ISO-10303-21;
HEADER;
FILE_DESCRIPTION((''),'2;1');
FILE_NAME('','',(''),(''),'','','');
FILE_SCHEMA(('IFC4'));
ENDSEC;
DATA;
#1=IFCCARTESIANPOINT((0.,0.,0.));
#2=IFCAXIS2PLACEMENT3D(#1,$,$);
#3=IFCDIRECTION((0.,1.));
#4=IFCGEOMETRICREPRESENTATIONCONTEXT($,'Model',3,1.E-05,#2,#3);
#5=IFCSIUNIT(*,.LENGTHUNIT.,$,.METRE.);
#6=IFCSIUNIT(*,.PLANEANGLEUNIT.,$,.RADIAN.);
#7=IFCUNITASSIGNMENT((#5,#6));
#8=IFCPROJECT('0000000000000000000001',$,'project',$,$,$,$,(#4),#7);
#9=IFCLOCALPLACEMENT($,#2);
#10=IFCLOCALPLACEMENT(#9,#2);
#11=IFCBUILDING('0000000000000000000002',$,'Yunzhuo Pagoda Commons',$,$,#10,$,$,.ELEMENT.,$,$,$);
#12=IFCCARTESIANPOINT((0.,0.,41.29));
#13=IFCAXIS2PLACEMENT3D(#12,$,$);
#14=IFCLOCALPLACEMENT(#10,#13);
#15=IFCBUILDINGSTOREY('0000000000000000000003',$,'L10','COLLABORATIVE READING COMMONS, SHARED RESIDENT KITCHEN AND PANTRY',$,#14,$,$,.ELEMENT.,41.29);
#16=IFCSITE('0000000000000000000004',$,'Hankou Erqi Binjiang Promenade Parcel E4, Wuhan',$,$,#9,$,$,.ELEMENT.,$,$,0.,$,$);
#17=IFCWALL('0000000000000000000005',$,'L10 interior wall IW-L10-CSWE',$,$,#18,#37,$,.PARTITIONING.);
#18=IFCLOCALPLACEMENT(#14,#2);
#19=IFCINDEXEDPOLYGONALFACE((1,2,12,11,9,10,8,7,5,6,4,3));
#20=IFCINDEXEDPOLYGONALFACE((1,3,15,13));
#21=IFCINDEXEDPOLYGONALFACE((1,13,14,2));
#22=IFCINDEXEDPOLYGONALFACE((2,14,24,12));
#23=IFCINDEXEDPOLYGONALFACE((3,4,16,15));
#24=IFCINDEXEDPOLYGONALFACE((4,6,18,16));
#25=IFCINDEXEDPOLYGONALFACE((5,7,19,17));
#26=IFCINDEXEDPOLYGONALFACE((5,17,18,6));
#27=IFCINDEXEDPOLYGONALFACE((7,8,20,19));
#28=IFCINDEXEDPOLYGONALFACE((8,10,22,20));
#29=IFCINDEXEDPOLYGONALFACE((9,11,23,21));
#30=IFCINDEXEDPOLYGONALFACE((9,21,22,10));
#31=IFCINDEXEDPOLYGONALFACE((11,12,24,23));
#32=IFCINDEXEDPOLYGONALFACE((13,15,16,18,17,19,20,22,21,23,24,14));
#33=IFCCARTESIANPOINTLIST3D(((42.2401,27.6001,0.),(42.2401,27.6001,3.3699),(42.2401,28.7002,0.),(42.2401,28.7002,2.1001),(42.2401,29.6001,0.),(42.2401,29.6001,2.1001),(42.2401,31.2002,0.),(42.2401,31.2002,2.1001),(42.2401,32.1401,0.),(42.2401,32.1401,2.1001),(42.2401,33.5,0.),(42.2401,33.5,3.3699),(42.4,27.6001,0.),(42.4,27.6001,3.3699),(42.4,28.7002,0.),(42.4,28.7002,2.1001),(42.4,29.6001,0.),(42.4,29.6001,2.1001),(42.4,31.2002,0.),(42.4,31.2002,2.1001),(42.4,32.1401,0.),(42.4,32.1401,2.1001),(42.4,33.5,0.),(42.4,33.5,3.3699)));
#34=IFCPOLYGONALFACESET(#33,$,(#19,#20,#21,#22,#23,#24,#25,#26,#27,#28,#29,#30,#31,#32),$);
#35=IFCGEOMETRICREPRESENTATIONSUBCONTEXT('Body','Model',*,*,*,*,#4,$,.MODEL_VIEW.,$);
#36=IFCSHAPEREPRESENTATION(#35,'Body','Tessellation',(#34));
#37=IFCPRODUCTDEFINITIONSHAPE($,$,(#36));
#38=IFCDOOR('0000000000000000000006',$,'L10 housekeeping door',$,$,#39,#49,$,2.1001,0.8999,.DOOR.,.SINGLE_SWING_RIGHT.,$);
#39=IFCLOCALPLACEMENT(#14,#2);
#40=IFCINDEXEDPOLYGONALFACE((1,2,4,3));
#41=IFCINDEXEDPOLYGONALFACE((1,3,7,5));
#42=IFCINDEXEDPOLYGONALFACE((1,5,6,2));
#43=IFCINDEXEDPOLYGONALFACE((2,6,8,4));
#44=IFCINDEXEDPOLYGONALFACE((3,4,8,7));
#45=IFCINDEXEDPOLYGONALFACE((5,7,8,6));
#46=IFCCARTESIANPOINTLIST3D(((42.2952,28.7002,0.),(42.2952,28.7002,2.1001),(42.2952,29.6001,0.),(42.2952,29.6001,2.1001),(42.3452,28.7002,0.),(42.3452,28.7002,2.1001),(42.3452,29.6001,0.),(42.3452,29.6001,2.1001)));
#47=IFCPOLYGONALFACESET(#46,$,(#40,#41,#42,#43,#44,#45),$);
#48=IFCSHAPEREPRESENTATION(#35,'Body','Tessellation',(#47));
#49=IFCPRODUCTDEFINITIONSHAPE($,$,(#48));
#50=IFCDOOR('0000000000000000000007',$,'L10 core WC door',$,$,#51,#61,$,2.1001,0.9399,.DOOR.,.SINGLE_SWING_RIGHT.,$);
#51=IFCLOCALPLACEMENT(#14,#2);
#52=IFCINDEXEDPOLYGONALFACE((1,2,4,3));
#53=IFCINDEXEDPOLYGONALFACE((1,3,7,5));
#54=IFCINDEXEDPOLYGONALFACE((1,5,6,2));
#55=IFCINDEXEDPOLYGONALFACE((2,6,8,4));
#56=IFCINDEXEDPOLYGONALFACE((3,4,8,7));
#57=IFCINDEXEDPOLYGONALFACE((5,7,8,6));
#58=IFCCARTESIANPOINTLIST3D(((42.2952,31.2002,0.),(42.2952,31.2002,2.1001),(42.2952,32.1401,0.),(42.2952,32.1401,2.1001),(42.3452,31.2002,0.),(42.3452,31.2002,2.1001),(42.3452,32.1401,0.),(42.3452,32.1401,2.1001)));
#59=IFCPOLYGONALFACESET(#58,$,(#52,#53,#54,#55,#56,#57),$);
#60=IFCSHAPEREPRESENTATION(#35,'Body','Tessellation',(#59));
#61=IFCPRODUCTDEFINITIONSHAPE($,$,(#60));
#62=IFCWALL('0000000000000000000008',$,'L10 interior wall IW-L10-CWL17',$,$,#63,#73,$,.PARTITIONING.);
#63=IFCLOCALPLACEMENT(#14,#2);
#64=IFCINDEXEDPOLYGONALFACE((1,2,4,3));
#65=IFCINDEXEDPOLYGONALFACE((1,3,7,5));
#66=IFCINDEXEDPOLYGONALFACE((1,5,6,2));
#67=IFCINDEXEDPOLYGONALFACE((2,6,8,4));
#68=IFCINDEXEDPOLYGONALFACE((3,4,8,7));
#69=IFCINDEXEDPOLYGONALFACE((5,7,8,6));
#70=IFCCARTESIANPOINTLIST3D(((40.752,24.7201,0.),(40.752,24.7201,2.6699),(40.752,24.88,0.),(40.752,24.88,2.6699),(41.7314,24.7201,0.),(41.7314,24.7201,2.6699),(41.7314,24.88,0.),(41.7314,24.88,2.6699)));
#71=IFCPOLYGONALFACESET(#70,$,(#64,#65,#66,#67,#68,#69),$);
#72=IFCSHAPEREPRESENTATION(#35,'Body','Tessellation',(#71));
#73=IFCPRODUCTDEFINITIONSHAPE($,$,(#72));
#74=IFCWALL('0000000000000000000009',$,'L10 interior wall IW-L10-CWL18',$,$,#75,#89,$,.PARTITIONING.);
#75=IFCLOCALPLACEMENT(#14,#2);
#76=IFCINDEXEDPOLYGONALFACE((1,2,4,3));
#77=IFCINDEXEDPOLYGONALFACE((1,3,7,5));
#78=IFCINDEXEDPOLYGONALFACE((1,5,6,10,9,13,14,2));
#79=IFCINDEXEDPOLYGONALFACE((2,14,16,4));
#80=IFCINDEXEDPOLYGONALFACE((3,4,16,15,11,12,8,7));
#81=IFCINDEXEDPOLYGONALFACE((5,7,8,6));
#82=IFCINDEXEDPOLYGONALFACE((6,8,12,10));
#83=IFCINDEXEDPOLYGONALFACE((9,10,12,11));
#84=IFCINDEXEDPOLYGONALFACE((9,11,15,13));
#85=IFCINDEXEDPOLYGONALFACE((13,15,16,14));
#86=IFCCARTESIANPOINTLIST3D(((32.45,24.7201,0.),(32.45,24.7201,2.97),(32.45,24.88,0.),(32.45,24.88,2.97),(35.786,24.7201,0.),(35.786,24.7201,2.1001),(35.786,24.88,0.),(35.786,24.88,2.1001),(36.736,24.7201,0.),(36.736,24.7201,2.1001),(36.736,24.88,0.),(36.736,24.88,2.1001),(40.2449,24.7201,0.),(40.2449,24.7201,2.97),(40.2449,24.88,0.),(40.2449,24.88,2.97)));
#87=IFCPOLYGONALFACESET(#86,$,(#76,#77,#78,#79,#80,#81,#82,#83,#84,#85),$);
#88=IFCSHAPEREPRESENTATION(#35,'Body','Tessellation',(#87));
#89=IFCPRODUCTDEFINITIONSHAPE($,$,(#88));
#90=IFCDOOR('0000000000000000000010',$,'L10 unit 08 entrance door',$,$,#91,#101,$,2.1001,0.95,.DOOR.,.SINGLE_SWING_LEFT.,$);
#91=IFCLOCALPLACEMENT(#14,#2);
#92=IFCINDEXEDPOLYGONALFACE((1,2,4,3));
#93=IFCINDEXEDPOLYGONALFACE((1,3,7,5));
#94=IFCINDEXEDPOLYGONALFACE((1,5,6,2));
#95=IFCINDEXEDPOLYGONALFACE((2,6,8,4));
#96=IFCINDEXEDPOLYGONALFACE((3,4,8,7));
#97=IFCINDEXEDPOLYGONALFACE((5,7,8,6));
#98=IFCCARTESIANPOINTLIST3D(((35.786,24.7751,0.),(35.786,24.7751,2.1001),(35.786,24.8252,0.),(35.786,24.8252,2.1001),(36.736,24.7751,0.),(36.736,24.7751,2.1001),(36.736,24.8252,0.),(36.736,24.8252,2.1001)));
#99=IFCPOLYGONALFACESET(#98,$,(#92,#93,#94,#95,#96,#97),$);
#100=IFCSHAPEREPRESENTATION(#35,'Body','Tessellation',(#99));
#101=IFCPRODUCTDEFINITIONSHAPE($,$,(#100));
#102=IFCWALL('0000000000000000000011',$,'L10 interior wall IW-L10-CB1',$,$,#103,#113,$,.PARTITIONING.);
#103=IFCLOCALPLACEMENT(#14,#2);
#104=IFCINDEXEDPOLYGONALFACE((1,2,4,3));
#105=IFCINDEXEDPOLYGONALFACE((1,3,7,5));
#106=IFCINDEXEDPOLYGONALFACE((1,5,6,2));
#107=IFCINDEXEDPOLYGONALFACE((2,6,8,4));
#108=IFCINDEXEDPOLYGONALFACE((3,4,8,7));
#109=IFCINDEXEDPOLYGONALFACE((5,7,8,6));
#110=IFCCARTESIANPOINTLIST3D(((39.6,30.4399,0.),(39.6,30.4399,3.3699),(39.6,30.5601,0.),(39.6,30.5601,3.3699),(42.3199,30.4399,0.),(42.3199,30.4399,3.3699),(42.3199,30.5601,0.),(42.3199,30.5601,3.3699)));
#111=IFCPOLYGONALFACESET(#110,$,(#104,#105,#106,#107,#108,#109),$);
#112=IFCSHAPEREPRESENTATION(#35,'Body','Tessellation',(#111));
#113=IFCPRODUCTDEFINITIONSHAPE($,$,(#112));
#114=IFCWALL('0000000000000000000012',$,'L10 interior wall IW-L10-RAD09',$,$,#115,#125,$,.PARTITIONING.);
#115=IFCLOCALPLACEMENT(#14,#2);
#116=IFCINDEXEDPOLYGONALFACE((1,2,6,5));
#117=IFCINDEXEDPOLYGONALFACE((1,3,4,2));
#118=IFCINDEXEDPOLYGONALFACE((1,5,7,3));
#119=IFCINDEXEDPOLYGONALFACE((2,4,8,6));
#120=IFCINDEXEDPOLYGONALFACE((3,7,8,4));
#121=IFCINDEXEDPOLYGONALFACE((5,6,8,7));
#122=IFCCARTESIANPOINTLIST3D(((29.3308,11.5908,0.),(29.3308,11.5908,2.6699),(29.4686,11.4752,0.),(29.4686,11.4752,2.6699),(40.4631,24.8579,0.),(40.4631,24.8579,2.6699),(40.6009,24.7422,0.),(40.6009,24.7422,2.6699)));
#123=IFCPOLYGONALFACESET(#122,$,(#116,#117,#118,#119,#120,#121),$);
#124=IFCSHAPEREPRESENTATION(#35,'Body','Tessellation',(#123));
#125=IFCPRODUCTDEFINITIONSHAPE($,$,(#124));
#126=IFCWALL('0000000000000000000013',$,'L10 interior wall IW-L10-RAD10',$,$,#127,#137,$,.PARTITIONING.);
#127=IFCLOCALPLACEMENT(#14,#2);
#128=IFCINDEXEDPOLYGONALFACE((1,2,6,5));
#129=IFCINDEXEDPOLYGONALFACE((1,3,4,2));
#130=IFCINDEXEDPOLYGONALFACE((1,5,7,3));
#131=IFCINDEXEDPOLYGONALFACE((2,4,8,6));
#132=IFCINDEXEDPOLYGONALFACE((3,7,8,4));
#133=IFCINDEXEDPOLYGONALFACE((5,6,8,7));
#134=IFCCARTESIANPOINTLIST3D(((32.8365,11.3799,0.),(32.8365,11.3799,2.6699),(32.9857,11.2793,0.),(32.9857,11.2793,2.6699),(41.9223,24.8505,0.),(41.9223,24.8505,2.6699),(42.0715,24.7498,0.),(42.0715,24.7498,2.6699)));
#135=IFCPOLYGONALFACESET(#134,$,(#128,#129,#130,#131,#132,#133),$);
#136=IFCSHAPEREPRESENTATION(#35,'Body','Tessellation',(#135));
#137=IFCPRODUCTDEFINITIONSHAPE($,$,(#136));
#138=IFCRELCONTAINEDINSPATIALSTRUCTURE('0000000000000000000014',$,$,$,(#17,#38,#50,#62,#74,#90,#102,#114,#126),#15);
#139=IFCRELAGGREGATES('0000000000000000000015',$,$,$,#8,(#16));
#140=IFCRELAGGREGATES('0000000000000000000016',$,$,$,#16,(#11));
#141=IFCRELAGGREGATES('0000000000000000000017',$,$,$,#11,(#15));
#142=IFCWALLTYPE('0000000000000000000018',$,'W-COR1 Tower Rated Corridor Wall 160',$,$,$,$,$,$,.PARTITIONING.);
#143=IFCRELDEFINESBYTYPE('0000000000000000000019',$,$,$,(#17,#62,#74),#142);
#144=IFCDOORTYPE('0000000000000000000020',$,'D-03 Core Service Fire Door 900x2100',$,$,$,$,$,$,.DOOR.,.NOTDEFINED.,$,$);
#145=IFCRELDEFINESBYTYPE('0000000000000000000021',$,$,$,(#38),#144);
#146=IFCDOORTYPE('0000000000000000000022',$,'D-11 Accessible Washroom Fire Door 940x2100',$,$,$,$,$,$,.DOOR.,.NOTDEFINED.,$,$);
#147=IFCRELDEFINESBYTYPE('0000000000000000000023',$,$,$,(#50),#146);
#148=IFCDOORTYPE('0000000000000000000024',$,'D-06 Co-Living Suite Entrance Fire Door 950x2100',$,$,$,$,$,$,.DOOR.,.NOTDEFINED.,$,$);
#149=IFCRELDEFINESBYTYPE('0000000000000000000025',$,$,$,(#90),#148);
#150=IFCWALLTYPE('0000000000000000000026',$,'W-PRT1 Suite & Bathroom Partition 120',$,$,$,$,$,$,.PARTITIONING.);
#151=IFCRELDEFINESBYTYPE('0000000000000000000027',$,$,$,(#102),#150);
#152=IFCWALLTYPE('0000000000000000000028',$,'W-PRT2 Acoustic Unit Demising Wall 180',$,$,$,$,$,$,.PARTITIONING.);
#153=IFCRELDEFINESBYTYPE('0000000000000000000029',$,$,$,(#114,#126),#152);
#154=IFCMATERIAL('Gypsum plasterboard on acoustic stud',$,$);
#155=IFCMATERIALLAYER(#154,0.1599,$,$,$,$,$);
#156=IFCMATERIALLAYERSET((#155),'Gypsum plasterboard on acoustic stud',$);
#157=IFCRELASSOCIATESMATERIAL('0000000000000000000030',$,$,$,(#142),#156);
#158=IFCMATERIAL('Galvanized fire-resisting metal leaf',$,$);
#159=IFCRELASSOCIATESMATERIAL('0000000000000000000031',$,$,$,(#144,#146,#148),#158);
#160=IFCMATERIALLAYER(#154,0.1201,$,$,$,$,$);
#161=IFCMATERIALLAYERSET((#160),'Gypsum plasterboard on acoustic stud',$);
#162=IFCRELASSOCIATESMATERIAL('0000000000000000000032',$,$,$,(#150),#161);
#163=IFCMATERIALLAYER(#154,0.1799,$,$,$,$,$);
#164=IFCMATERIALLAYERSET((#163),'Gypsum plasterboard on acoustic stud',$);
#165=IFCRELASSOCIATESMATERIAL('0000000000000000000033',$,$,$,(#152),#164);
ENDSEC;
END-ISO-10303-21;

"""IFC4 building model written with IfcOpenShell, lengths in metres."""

from ifc_helpers import new_model, si_unit, direction, frame, frame_2d, origin, origin_with_axes, place, context, subcontext, project, spatial, rectangle, extrude, source, transform, mapped, material, layer, layer_set, type_object, element, fill, save


model = new_model("IFC4")

# Units and contexts
model_context = context("Model", 3, precision=1e-05, world=origin(), true_north=direction((0.0, 1.0)))
body_context = subcontext(model_context, "Body", "Model", "MODEL_VIEW")
ifc_project = project(units=[si_unit("LENGTHUNIT", "METRE"), si_unit("PLANEANGLEUNIT", "RADIAN")], contexts=[model_context])

# Site, building, storey
site_placement = place(None, origin())
site = spatial("IfcSite", under=ifc_project, at=site_placement, Name="Hankou Erqi Binjiang Promenade Parcel E4, Wuhan", CompositionType="ELEMENT", RefElevation=0.0)
building_placement = place(site_placement, origin())
building = spatial("IfcBuilding", under=site, at=building_placement, Name="Yunzhuo Pagoda Commons", CompositionType="ELEMENT")
storey_placement = place(building_placement, frame((0.0, 0.0, 41.29)))
storey = spatial("IfcBuildingStorey", under=building, at=storey_placement, Name="L10", Description="COLLABORATIVE READING COMMONS, SHARED RESIDENT KITCHEN AND PANTRY", CompositionType="ELEMENT", Elevation=41.29)

# Wall, openings, doors
ifc_material_1 = material(Name="Gypsum plasterboard on acoustic stud")
ifc_layer_1 = layer(ifc_material_1, 0.1599)
ifc_layer_set_1 = layer_set([ifc_layer_1], Name="Gypsum plasterboard on acoustic stud")
wall_type_1 = type_object("IfcWallType", Name="W-COR1 Tower Rated Corridor Wall 160", PredefinedType="PARTITIONING", material=ifc_layer_set_1)
wall_1_placement = place(storey_placement, frame((42.3201, 27.6001, 0.0), z_axis=(0.0, 0.0, 1.0), x_axis=(0.0, 1.0, 0.0)))
wall_1 = element("IfcWall", 1, at=wall_1_placement, inside=storey, type_object=wall_type_1, Name="L10 interior wall IW-L10-CSWE", PredefinedType="PARTITIONING", context=body_context, shape_type="SweptSolid", body=[
    extrude(rectangle(XDim=5.8999, YDim=0.1599, at=frame_2d((2.95, 0.0))), origin(), (0.0, 0.0, 1.0), 3.3699),
])
opening_1_placement = place(wall_1_placement, frame((1.1001, 0.0, 0.0)))
opening_1 = element("IfcOpeningElement", 2, at=opening_1_placement, cuts=wall_1, PredefinedType="OPENING", context=body_context, shape_type="SweptSolid", body=[
    extrude(rectangle(XDim=0.8999, YDim=2.1001, at=frame_2d((0.45, 1.05))), frame((0.0, 0.0898, 0.0), z_axis=(0.0, -1.0, 0.0), x_axis=(1.0, 0.0, 0.0)), (0.0, 0.0, 1.0), 0.1799),
])
opening_2_placement = place(wall_1_placement, frame((3.6001, 0.0, 0.0)))
opening_2 = element("IfcOpeningElement", 3, at=opening_2_placement, cuts=wall_1, PredefinedType="OPENING", context=body_context, shape_type="SweptSolid", body=[
    extrude(rectangle(XDim=0.9399, YDim=2.1001, at=frame_2d((0.47, 1.05))), frame((0.0, 0.0898, 0.0), z_axis=(0.0, -1.0, 0.0), x_axis=(1.0, 0.0, 0.0)), (0.0, 0.0, 1.0), 0.1799),
])
ifc_material_2 = material(Name="Galvanized fire-resisting metal leaf")
door_type_1 = type_object("IfcDoorType", Name="D-03 Core Service Fire Door 900x2100", OperationType="NOTDEFINED", PredefinedType="DOOR", material=ifc_material_2)
shared_shape_1 = source(origin(), body_context, "Body", "SweptSolid", [
    extrude(rectangle(XDim=0.8999, YDim=2.1001, at=frame_2d((0.45, 1.05))), frame((0.0, 0.0249, 0.0), z_axis=(0.0, -1.0, 0.0), x_axis=(1.0, 0.0, 0.0)), (0.0, 0.0, 1.0), 0.05),
])
door_1_placement = place(opening_1_placement, origin_with_axes())
door_1 = element("IfcDoor", 4, at=door_1_placement, inside=storey, type_object=door_type_1, Name="L10 housekeeping door", OperationType="SINGLE_SWING_RIGHT", OverallHeight=2.1001, OverallWidth=0.8999, PredefinedType="DOOR", context=body_context, shape_type="MappedRepresentation", body=[
    mapped(shared_shape_1, transform((0.0, 0.0, 0.0), scale=1.0)),
])
fill(opening_1, door_1)
door_type_2 = type_object("IfcDoorType", Name="D-11 Accessible Washroom Fire Door 940x2100", OperationType="NOTDEFINED", PredefinedType="DOOR", material=ifc_material_2)
shared_shape_2 = source(origin(), body_context, "Body", "SweptSolid", [
    extrude(rectangle(XDim=0.9399, YDim=2.1001, at=frame_2d((0.47, 1.05))), frame((0.0, 0.0249, 0.0), z_axis=(0.0, -1.0, 0.0), x_axis=(1.0, 0.0, 0.0)), (0.0, 0.0, 1.0), 0.05),
])
door_2_placement = place(opening_2_placement, origin_with_axes())
door_2 = element("IfcDoor", 5, at=door_2_placement, inside=storey, type_object=door_type_2, Name="L10 core WC door", OperationType="SINGLE_SWING_RIGHT", OverallHeight=2.1001, OverallWidth=0.9399, PredefinedType="DOOR", context=body_context, shape_type="MappedRepresentation", body=[
    mapped(shared_shape_2, transform((0.0, 0.0, 0.0), scale=1.0)),
])
fill(opening_2, door_2)

# Wall
wall_2_placement = place(storey_placement, frame((41.7314, 24.8, 0.0), z_axis=(0.0, 0.0, 1.0), x_axis=(-1.0, 0.0, 0.0)))
element("IfcWall", 6, at=wall_2_placement, inside=storey, type_object=wall_type_1, Name="L10 interior wall IW-L10-CWL17", PredefinedType="PARTITIONING", context=body_context, shape_type="SweptSolid", body=[
    extrude(rectangle(XDim=0.9795, YDim=0.1599, at=frame_2d((0.4897, 0.0))), origin(), (0.0, 0.0, 1.0), 2.6699),
])

# Wall, opening, door
wall_3_placement = place(storey_placement, frame((40.2449, 24.8, 0.0), z_axis=(0.0, 0.0, 1.0), x_axis=(-1.0, 0.0, 0.0)))
wall_3 = element("IfcWall", 7, at=wall_3_placement, inside=storey, type_object=wall_type_1, Name="L10 interior wall IW-L10-CWL18", PredefinedType="PARTITIONING", context=body_context, shape_type="SweptSolid", body=[
    extrude(rectangle(XDim=7.7949, YDim=0.1599, at=frame_2d((3.8975, 0.0))), origin(), (0.0, 0.0, 1.0), 2.97),
])
opening_3_placement = place(wall_3_placement, frame((3.5088, 0.0, 0.0)))
opening_3 = element("IfcOpeningElement", 8, at=opening_3_placement, cuts=wall_3, PredefinedType="OPENING", context=body_context, shape_type="SweptSolid", body=[
    extrude(rectangle(XDim=0.95, YDim=2.1001, at=frame_2d((0.4751, 1.05))), frame((0.0, 0.0898, 0.0), z_axis=(0.0, -1.0, 0.0), x_axis=(1.0, 0.0, 0.0)), (0.0, 0.0, 1.0), 0.1799),
])
door_type_3 = type_object("IfcDoorType", Name="D-06 Co-Living Suite Entrance Fire Door 950x2100", OperationType="NOTDEFINED", PredefinedType="DOOR", material=ifc_material_2)
shared_shape_3 = source(origin(), body_context, "Body", "SweptSolid", [
    extrude(rectangle(XDim=0.95, YDim=2.1001, at=frame_2d((0.4751, 1.05))), frame((0.0, 0.0249, 0.0), z_axis=(0.0, -1.0, 0.0), x_axis=(1.0, 0.0, 0.0)), (0.0, 0.0, 1.0), 0.05),
])
door_3_placement = place(opening_3_placement, origin_with_axes())
door_3 = element("IfcDoor", 9, at=door_3_placement, inside=storey, type_object=door_type_3, Name="L10 unit 08 entrance door", OperationType="SINGLE_SWING_LEFT", OverallHeight=2.1001, OverallWidth=0.95, PredefinedType="DOOR", context=body_context, shape_type="MappedRepresentation", body=[
    mapped(shared_shape_3, transform((0.0, 0.0, 0.0), scale=1.0)),
])
fill(opening_3, door_3)

# Walls
ifc_layer_2 = layer(ifc_material_1, 0.1201)
ifc_layer_set_2 = layer_set([ifc_layer_2], Name="Gypsum plasterboard on acoustic stud")
wall_type_2 = type_object("IfcWallType", Name="W-PRT1 Suite & Bathroom Partition 120", PredefinedType="PARTITIONING", material=ifc_layer_set_2)
wall_4_placement = place(storey_placement, frame((39.6001, 30.5, 0.0), z_axis=(0.0, 0.0, 1.0), x_axis=(1.0, 0.0, 0.0)))
element("IfcWall", 10, at=wall_4_placement, inside=storey, type_object=wall_type_2, Name="L10 interior wall IW-L10-CB1", PredefinedType="PARTITIONING", context=body_context, shape_type="SweptSolid", body=[
    extrude(rectangle(XDim=2.72, YDim=0.1201, at=frame_2d((1.3599, 0.0))), origin(), (0.0, 0.0, 1.0), 3.3699),
])
ifc_layer_3 = layer(ifc_material_1, 0.1799)
ifc_layer_set_3 = layer_set([ifc_layer_3], Name="Gypsum plasterboard on acoustic stud")
wall_type_3 = type_object("IfcWallType", Name="W-PRT2 Acoustic Unit Demising Wall 180", PredefinedType="PARTITIONING", material=ifc_layer_set_3)
wall_5_placement = place(storey_placement, frame((40.532, 24.8, 0.0), z_axis=(0.0, 0.0, 1.0), x_axis=(-0.642785, -0.766047, 0.0)))
element("IfcWall", 11, at=wall_5_placement, inside=storey, type_object=wall_type_3, Name="L10 interior wall IW-L10-RAD09", PredefinedType="PARTITIONING", context=body_context, shape_type="SweptSolid", body=[
    extrude(rectangle(XDim=17.3188, YDim=0.1799, at=frame_2d((8.6594, 0.0))), origin(), (0.0, 0.0, 1.0), 2.6699),
])
wall_6_placement = place(storey_placement, frame((41.9968, 24.8, 0.0), z_axis=(0.0, 0.0, 1.0), x_axis=(-0.559182, -0.829045, 0.0)))
element("IfcWall", 12, at=wall_6_placement, inside=storey, type_object=wall_type_3, Name="L10 interior wall IW-L10-RAD10", PredefinedType="PARTITIONING", context=body_context, shape_type="SweptSolid", body=[
    extrude(rectangle(XDim=16.2483, YDim=0.1799, at=frame_2d((8.124, 0.0))), origin(), (0.0, 0.0, 1.0), 2.6699),
])

save(model, "model.ifc")
